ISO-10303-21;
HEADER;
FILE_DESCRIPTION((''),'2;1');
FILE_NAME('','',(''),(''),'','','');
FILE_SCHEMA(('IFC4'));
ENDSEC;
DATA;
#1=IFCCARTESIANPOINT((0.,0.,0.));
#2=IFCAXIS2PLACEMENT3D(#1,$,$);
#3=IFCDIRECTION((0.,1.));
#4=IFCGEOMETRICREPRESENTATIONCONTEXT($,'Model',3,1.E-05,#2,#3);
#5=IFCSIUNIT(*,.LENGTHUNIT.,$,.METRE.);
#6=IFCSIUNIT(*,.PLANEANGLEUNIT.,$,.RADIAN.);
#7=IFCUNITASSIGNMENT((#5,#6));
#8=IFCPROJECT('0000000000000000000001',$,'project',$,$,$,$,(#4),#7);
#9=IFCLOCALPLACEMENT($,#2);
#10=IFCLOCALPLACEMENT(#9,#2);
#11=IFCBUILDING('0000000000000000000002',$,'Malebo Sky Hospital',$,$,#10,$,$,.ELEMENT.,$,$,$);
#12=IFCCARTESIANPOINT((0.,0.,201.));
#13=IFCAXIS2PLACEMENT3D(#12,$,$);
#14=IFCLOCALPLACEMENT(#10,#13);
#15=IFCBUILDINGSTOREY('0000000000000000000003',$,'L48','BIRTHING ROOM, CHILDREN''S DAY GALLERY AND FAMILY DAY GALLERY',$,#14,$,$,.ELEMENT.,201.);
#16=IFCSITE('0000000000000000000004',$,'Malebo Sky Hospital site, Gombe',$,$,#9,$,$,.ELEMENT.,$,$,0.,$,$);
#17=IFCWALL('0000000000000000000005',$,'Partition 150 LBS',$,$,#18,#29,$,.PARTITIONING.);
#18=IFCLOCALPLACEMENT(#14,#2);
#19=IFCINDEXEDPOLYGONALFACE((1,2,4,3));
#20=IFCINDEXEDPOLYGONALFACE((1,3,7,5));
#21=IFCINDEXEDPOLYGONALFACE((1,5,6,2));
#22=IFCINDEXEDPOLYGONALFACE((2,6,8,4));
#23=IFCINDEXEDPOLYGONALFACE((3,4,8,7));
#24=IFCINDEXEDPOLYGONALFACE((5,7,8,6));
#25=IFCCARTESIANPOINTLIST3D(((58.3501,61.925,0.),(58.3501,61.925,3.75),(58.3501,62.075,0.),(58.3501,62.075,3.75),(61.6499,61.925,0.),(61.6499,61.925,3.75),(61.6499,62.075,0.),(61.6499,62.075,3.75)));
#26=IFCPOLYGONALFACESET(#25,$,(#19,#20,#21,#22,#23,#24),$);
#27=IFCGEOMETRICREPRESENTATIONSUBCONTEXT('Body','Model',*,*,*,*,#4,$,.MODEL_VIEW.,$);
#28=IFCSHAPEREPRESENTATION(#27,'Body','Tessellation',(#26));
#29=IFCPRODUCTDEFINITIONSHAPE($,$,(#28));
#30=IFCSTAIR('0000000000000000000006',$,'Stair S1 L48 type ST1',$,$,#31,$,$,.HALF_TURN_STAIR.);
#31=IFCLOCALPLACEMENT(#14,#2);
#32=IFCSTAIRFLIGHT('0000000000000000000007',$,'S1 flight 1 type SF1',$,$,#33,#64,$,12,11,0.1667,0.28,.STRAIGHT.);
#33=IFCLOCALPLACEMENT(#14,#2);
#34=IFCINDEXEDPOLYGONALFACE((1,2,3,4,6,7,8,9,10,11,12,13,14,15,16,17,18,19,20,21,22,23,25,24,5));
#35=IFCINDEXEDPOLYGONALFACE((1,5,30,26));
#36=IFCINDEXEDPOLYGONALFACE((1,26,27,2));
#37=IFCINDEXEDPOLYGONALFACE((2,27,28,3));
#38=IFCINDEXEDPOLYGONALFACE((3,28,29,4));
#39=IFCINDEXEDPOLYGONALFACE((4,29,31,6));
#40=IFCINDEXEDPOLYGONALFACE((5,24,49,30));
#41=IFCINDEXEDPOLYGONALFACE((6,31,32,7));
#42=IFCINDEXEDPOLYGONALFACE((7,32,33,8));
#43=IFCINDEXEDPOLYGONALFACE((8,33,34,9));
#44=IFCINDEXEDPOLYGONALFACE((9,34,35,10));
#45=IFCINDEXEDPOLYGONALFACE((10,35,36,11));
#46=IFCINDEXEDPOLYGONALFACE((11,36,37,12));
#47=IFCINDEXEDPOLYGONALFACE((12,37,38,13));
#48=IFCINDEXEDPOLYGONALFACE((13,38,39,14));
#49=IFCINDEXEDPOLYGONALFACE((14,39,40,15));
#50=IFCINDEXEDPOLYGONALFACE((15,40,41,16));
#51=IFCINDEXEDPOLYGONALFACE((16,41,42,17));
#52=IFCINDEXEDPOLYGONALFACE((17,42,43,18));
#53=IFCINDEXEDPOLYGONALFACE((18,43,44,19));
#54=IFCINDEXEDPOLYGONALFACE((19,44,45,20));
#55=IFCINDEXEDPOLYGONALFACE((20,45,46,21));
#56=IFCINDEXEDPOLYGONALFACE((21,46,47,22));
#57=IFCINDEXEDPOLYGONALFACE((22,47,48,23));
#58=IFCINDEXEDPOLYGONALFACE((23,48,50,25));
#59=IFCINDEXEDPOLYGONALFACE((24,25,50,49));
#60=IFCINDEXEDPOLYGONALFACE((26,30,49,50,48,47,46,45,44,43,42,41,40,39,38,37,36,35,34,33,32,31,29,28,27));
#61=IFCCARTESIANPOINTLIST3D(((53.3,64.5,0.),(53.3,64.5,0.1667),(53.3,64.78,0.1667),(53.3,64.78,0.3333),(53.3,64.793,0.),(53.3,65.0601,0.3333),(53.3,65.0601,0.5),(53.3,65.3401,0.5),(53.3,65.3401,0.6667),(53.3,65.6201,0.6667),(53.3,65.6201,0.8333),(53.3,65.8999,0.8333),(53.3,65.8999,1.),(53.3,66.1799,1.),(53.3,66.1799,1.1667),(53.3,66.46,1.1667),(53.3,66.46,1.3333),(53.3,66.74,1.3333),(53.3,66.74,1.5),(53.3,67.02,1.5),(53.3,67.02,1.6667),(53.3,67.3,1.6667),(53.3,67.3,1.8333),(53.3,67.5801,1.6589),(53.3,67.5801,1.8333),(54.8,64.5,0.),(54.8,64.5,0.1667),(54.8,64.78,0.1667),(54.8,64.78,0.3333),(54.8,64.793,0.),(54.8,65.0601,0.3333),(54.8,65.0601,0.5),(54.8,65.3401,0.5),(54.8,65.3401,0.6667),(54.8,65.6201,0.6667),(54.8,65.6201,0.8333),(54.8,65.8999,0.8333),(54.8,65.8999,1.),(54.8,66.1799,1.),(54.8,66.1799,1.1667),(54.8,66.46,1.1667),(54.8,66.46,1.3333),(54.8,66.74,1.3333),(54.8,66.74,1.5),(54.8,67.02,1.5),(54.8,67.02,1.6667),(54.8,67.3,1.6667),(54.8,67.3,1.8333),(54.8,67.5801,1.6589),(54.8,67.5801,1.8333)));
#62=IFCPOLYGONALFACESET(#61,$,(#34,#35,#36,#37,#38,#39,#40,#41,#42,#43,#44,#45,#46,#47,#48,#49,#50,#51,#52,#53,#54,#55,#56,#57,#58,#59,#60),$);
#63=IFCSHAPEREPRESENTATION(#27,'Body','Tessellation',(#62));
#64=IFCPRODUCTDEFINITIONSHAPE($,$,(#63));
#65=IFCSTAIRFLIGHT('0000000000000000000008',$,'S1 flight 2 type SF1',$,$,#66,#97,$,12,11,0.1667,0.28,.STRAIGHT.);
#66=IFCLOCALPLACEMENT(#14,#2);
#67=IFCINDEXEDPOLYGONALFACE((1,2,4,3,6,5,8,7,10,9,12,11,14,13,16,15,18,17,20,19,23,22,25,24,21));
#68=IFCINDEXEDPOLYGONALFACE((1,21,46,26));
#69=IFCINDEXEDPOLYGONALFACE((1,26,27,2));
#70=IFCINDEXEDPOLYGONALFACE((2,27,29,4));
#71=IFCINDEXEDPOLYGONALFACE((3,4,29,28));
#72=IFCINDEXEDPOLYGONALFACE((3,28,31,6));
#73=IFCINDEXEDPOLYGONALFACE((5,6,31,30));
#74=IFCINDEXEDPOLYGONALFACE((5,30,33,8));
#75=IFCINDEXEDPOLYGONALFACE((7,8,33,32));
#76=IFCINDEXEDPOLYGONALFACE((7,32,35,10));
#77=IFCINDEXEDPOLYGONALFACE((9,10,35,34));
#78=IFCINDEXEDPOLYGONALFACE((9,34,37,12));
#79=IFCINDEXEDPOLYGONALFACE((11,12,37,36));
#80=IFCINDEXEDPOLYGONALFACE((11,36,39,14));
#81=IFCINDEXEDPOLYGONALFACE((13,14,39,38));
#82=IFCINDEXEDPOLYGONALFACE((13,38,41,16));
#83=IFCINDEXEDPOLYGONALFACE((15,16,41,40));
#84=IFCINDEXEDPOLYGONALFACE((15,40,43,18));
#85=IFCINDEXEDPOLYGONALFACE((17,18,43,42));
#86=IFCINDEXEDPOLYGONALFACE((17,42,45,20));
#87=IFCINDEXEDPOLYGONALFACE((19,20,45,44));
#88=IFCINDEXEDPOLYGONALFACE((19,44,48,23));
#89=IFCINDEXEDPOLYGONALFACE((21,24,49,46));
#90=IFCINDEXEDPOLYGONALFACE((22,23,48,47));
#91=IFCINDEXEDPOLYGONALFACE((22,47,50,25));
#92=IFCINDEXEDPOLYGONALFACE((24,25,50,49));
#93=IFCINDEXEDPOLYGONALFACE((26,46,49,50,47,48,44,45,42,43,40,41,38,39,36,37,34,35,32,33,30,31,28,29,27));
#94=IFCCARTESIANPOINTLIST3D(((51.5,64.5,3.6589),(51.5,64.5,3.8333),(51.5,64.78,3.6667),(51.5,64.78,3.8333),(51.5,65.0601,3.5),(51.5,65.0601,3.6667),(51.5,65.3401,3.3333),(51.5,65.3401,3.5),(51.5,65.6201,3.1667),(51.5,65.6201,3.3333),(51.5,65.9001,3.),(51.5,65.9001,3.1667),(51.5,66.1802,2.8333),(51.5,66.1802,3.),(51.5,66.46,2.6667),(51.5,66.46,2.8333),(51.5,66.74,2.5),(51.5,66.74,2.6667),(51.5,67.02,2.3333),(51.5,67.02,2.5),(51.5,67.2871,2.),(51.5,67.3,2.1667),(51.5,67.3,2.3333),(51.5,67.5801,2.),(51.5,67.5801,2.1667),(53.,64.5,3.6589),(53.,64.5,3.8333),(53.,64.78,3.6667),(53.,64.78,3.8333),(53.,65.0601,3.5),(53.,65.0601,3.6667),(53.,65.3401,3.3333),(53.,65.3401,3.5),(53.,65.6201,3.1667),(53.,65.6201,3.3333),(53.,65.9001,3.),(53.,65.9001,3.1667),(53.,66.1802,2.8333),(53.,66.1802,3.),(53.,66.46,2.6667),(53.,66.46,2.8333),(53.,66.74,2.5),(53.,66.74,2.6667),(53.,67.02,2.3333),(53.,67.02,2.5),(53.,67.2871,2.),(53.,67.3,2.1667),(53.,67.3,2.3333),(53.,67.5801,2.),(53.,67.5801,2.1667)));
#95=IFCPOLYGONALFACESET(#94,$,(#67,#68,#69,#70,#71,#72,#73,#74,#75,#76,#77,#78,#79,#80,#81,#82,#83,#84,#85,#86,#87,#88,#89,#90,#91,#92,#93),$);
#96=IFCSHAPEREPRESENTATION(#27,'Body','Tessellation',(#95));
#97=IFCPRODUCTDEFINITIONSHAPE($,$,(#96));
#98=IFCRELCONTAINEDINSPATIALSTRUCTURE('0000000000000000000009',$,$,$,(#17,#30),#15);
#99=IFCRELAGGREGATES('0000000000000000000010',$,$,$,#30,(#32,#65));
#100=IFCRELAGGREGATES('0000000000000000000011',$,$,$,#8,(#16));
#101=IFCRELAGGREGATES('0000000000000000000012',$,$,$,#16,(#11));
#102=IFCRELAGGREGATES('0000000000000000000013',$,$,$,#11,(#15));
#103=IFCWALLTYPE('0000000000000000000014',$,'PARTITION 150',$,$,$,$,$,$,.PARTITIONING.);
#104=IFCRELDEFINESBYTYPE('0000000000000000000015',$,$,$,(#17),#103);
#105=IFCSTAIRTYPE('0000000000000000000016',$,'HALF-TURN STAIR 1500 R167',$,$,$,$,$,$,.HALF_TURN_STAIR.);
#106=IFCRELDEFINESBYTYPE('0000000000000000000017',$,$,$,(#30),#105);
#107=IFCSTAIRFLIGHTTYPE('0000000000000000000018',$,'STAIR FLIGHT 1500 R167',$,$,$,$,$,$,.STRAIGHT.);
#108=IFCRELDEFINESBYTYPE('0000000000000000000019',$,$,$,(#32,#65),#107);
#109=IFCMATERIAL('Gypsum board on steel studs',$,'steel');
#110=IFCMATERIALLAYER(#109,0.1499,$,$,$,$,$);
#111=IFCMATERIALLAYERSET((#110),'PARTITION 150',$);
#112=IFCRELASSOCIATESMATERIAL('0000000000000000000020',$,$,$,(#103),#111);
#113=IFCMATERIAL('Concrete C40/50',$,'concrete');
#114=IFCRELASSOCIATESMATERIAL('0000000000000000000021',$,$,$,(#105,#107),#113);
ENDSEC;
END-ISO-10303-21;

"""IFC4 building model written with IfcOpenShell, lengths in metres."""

from ifc_helpers import new_model, si_unit, direction, frame, frame_2d, origin, place, context, subcontext, project, spatial, polyline, rectangle, outline, extrude, material, layer, layer_set, type_object, element, aggregate, save


model = new_model("IFC4")

# Units and contexts
model_context = context("Model", 3, precision=1e-05, world=origin(), true_north=direction((0.0, 1.0)))
body_context = subcontext(model_context, "Body", "Model", "MODEL_VIEW")
ifc_project = project(units=[si_unit("LENGTHUNIT", "METRE"), si_unit("PLANEANGLEUNIT", "RADIAN")], contexts=[model_context])

# Site, building, storey
site_placement = place(None, origin())
site = spatial("IfcSite", under=ifc_project, at=site_placement, Name="Malebo Sky Hospital site, Gombe", CompositionType="ELEMENT", RefElevation=0.0)
building_placement = place(site_placement, origin())
building = spatial("IfcBuilding", under=site, at=building_placement, Name="Malebo Sky Hospital", CompositionType="ELEMENT")
storey_placement = place(building_placement, frame((0.0, 0.0, 201.0)))
storey = spatial("IfcBuildingStorey", under=building, at=storey_placement, Name="L48", Description="BIRTHING ROOM, CHILDREN'S DAY GALLERY AND FAMILY DAY GALLERY", CompositionType="ELEMENT", Elevation=201.0)

# Shared definitions
ifc_material_1 = material(Name="Gypsum board on steel studs", Category="steel")
ifc_layer_1 = layer(ifc_material_1, 0.1499)
ifc_layer_set_1 = layer_set([ifc_layer_1], Name="PARTITION 150")
wall_type_1 = type_object("IfcWallType", Name="PARTITION 150", PredefinedType="PARTITIONING", material=ifc_layer_set_1)

# Wall
wall_1_placement = place(storey_placement, frame((58.3501, 62.0, 0.0), z_axis=(0.0, 0.0, 1.0), x_axis=(1.0, 0.0, 0.0)))
element("IfcWall", 1, at=wall_1_placement, inside=storey, type_object=wall_type_1, Name="Partition 150 LBS", PredefinedType="PARTITIONING", context=body_context, shape_type="SweptSolid", body=[
    extrude(rectangle(XDim=3.2998, YDim=0.1499, at=frame_2d((1.6499, 0.0))), origin(), (0.0, 0.0, 1.0), 3.75),
])

# Stair, stair flights
ifc_material_2 = material(Name="Concrete C40/50", Category="concrete")
stair_type = type_object("IfcStairType", Name="HALF-TURN STAIR 1500 R167", PredefinedType="HALF_TURN_STAIR", material=ifc_material_2)
stair_placement = place(storey_placement, origin())
stair = element("IfcStair", 2, at=stair_placement, inside=storey, type_object=stair_type, Name="Stair S1 L48 type ST1", PredefinedType="HALF_TURN_STAIR")
stair_flight_type = type_object("IfcStairFlightType", Name="STAIR FLIGHT 1500 R167", PredefinedType="STRAIGHT", material=ifc_material_2)
stair_flight_1_placement = place(storey_placement, frame((54.05, 64.5, 0.0), z_axis=(0.0, 0.0, 1.0), x_axis=(0.0, 1.0, 0.0)))
stair_flight_1 = element("IfcStairFlight", 3, at=stair_flight_1_placement, type_object=stair_flight_type, Name="S1 flight 1 type SF1", NumberOfRisers=12, NumberOfTreads=11, PredefinedType="STRAIGHT", RiserHeight=0.1667, TreadLength=0.28, context=body_context, shape_type="SweptSolid", body=[
    extrude(outline(polyline([(0.0, 0.0), (0.0, 0.1667), (0.28, 0.1667), (0.28, 0.3333), (0.5601, 0.3333), (0.5601, 0.5), (0.8401, 0.5), (0.8401, 0.6667), (1.1201, 0.6667), (1.1201, 0.8333), (1.3999, 0.8333), (1.3999, 1.0), (1.6799, 1.0), (1.6799, 1.1667), (1.96, 1.1667), (1.96, 1.3333), (2.24, 1.3333), (2.24, 1.5), (2.52, 1.5), (2.52, 1.6667), (2.8, 1.6667), (2.8, 1.8333), (3.0801, 1.8333), (3.0801, 2.0), (3.0801, 1.6589), (0.293, 0.0), (0.0, 0.0)])), frame((0.0, 0.75, 0.0), z_axis=(0.0, -1.0, 0.0), x_axis=(1.0, 0.0, 0.0)), (0.0, 0.0, 1.0), 1.5),
])
stair_flight_2_placement = place(storey_placement, frame((52.25, 67.5801, 2.0), z_axis=(0.0, 0.0, 1.0), x_axis=(0.0, -1.0, 0.0)))
stair_flight_2 = element("IfcStairFlight", 4, at=stair_flight_2_placement, type_object=stair_flight_type, Name="S1 flight 2 type SF1", NumberOfRisers=12, NumberOfTreads=11, PredefinedType="STRAIGHT", RiserHeight=0.1667, TreadLength=0.28, context=body_context, shape_type="SweptSolid", body=[
    extrude(outline(polyline([(0.0, 0.0), (0.0, 0.1667), (0.28, 0.1667), (0.28, 0.3333), (0.5601, 0.3333), (0.5601, 0.5), (0.8401, 0.5), (0.8401, 0.6667), (1.1201, 0.6667), (1.1201, 0.8333), (1.3999, 0.8333), (1.3999, 1.0), (1.6799, 1.0), (1.6799, 1.1667), (1.96, 1.1667), (1.96, 1.3333), (2.24, 1.3333), (2.24, 1.5), (2.52, 1.5), (2.52, 1.6667), (2.8, 1.6667), (2.8, 1.8333), (3.0801, 1.8333), (3.0801, 2.0), (3.0801, 1.6589), (0.293, 0.0), (0.0, 0.0)])), frame((0.0, 0.75, 0.0), z_axis=(0.0, -1.0, 0.0), x_axis=(1.0, 0.0, 0.0)), (0.0, 0.0, 1.0), 1.5),
])
aggregate(stair, [stair_flight_1, stair_flight_2])

save(model, "model.ifc")
